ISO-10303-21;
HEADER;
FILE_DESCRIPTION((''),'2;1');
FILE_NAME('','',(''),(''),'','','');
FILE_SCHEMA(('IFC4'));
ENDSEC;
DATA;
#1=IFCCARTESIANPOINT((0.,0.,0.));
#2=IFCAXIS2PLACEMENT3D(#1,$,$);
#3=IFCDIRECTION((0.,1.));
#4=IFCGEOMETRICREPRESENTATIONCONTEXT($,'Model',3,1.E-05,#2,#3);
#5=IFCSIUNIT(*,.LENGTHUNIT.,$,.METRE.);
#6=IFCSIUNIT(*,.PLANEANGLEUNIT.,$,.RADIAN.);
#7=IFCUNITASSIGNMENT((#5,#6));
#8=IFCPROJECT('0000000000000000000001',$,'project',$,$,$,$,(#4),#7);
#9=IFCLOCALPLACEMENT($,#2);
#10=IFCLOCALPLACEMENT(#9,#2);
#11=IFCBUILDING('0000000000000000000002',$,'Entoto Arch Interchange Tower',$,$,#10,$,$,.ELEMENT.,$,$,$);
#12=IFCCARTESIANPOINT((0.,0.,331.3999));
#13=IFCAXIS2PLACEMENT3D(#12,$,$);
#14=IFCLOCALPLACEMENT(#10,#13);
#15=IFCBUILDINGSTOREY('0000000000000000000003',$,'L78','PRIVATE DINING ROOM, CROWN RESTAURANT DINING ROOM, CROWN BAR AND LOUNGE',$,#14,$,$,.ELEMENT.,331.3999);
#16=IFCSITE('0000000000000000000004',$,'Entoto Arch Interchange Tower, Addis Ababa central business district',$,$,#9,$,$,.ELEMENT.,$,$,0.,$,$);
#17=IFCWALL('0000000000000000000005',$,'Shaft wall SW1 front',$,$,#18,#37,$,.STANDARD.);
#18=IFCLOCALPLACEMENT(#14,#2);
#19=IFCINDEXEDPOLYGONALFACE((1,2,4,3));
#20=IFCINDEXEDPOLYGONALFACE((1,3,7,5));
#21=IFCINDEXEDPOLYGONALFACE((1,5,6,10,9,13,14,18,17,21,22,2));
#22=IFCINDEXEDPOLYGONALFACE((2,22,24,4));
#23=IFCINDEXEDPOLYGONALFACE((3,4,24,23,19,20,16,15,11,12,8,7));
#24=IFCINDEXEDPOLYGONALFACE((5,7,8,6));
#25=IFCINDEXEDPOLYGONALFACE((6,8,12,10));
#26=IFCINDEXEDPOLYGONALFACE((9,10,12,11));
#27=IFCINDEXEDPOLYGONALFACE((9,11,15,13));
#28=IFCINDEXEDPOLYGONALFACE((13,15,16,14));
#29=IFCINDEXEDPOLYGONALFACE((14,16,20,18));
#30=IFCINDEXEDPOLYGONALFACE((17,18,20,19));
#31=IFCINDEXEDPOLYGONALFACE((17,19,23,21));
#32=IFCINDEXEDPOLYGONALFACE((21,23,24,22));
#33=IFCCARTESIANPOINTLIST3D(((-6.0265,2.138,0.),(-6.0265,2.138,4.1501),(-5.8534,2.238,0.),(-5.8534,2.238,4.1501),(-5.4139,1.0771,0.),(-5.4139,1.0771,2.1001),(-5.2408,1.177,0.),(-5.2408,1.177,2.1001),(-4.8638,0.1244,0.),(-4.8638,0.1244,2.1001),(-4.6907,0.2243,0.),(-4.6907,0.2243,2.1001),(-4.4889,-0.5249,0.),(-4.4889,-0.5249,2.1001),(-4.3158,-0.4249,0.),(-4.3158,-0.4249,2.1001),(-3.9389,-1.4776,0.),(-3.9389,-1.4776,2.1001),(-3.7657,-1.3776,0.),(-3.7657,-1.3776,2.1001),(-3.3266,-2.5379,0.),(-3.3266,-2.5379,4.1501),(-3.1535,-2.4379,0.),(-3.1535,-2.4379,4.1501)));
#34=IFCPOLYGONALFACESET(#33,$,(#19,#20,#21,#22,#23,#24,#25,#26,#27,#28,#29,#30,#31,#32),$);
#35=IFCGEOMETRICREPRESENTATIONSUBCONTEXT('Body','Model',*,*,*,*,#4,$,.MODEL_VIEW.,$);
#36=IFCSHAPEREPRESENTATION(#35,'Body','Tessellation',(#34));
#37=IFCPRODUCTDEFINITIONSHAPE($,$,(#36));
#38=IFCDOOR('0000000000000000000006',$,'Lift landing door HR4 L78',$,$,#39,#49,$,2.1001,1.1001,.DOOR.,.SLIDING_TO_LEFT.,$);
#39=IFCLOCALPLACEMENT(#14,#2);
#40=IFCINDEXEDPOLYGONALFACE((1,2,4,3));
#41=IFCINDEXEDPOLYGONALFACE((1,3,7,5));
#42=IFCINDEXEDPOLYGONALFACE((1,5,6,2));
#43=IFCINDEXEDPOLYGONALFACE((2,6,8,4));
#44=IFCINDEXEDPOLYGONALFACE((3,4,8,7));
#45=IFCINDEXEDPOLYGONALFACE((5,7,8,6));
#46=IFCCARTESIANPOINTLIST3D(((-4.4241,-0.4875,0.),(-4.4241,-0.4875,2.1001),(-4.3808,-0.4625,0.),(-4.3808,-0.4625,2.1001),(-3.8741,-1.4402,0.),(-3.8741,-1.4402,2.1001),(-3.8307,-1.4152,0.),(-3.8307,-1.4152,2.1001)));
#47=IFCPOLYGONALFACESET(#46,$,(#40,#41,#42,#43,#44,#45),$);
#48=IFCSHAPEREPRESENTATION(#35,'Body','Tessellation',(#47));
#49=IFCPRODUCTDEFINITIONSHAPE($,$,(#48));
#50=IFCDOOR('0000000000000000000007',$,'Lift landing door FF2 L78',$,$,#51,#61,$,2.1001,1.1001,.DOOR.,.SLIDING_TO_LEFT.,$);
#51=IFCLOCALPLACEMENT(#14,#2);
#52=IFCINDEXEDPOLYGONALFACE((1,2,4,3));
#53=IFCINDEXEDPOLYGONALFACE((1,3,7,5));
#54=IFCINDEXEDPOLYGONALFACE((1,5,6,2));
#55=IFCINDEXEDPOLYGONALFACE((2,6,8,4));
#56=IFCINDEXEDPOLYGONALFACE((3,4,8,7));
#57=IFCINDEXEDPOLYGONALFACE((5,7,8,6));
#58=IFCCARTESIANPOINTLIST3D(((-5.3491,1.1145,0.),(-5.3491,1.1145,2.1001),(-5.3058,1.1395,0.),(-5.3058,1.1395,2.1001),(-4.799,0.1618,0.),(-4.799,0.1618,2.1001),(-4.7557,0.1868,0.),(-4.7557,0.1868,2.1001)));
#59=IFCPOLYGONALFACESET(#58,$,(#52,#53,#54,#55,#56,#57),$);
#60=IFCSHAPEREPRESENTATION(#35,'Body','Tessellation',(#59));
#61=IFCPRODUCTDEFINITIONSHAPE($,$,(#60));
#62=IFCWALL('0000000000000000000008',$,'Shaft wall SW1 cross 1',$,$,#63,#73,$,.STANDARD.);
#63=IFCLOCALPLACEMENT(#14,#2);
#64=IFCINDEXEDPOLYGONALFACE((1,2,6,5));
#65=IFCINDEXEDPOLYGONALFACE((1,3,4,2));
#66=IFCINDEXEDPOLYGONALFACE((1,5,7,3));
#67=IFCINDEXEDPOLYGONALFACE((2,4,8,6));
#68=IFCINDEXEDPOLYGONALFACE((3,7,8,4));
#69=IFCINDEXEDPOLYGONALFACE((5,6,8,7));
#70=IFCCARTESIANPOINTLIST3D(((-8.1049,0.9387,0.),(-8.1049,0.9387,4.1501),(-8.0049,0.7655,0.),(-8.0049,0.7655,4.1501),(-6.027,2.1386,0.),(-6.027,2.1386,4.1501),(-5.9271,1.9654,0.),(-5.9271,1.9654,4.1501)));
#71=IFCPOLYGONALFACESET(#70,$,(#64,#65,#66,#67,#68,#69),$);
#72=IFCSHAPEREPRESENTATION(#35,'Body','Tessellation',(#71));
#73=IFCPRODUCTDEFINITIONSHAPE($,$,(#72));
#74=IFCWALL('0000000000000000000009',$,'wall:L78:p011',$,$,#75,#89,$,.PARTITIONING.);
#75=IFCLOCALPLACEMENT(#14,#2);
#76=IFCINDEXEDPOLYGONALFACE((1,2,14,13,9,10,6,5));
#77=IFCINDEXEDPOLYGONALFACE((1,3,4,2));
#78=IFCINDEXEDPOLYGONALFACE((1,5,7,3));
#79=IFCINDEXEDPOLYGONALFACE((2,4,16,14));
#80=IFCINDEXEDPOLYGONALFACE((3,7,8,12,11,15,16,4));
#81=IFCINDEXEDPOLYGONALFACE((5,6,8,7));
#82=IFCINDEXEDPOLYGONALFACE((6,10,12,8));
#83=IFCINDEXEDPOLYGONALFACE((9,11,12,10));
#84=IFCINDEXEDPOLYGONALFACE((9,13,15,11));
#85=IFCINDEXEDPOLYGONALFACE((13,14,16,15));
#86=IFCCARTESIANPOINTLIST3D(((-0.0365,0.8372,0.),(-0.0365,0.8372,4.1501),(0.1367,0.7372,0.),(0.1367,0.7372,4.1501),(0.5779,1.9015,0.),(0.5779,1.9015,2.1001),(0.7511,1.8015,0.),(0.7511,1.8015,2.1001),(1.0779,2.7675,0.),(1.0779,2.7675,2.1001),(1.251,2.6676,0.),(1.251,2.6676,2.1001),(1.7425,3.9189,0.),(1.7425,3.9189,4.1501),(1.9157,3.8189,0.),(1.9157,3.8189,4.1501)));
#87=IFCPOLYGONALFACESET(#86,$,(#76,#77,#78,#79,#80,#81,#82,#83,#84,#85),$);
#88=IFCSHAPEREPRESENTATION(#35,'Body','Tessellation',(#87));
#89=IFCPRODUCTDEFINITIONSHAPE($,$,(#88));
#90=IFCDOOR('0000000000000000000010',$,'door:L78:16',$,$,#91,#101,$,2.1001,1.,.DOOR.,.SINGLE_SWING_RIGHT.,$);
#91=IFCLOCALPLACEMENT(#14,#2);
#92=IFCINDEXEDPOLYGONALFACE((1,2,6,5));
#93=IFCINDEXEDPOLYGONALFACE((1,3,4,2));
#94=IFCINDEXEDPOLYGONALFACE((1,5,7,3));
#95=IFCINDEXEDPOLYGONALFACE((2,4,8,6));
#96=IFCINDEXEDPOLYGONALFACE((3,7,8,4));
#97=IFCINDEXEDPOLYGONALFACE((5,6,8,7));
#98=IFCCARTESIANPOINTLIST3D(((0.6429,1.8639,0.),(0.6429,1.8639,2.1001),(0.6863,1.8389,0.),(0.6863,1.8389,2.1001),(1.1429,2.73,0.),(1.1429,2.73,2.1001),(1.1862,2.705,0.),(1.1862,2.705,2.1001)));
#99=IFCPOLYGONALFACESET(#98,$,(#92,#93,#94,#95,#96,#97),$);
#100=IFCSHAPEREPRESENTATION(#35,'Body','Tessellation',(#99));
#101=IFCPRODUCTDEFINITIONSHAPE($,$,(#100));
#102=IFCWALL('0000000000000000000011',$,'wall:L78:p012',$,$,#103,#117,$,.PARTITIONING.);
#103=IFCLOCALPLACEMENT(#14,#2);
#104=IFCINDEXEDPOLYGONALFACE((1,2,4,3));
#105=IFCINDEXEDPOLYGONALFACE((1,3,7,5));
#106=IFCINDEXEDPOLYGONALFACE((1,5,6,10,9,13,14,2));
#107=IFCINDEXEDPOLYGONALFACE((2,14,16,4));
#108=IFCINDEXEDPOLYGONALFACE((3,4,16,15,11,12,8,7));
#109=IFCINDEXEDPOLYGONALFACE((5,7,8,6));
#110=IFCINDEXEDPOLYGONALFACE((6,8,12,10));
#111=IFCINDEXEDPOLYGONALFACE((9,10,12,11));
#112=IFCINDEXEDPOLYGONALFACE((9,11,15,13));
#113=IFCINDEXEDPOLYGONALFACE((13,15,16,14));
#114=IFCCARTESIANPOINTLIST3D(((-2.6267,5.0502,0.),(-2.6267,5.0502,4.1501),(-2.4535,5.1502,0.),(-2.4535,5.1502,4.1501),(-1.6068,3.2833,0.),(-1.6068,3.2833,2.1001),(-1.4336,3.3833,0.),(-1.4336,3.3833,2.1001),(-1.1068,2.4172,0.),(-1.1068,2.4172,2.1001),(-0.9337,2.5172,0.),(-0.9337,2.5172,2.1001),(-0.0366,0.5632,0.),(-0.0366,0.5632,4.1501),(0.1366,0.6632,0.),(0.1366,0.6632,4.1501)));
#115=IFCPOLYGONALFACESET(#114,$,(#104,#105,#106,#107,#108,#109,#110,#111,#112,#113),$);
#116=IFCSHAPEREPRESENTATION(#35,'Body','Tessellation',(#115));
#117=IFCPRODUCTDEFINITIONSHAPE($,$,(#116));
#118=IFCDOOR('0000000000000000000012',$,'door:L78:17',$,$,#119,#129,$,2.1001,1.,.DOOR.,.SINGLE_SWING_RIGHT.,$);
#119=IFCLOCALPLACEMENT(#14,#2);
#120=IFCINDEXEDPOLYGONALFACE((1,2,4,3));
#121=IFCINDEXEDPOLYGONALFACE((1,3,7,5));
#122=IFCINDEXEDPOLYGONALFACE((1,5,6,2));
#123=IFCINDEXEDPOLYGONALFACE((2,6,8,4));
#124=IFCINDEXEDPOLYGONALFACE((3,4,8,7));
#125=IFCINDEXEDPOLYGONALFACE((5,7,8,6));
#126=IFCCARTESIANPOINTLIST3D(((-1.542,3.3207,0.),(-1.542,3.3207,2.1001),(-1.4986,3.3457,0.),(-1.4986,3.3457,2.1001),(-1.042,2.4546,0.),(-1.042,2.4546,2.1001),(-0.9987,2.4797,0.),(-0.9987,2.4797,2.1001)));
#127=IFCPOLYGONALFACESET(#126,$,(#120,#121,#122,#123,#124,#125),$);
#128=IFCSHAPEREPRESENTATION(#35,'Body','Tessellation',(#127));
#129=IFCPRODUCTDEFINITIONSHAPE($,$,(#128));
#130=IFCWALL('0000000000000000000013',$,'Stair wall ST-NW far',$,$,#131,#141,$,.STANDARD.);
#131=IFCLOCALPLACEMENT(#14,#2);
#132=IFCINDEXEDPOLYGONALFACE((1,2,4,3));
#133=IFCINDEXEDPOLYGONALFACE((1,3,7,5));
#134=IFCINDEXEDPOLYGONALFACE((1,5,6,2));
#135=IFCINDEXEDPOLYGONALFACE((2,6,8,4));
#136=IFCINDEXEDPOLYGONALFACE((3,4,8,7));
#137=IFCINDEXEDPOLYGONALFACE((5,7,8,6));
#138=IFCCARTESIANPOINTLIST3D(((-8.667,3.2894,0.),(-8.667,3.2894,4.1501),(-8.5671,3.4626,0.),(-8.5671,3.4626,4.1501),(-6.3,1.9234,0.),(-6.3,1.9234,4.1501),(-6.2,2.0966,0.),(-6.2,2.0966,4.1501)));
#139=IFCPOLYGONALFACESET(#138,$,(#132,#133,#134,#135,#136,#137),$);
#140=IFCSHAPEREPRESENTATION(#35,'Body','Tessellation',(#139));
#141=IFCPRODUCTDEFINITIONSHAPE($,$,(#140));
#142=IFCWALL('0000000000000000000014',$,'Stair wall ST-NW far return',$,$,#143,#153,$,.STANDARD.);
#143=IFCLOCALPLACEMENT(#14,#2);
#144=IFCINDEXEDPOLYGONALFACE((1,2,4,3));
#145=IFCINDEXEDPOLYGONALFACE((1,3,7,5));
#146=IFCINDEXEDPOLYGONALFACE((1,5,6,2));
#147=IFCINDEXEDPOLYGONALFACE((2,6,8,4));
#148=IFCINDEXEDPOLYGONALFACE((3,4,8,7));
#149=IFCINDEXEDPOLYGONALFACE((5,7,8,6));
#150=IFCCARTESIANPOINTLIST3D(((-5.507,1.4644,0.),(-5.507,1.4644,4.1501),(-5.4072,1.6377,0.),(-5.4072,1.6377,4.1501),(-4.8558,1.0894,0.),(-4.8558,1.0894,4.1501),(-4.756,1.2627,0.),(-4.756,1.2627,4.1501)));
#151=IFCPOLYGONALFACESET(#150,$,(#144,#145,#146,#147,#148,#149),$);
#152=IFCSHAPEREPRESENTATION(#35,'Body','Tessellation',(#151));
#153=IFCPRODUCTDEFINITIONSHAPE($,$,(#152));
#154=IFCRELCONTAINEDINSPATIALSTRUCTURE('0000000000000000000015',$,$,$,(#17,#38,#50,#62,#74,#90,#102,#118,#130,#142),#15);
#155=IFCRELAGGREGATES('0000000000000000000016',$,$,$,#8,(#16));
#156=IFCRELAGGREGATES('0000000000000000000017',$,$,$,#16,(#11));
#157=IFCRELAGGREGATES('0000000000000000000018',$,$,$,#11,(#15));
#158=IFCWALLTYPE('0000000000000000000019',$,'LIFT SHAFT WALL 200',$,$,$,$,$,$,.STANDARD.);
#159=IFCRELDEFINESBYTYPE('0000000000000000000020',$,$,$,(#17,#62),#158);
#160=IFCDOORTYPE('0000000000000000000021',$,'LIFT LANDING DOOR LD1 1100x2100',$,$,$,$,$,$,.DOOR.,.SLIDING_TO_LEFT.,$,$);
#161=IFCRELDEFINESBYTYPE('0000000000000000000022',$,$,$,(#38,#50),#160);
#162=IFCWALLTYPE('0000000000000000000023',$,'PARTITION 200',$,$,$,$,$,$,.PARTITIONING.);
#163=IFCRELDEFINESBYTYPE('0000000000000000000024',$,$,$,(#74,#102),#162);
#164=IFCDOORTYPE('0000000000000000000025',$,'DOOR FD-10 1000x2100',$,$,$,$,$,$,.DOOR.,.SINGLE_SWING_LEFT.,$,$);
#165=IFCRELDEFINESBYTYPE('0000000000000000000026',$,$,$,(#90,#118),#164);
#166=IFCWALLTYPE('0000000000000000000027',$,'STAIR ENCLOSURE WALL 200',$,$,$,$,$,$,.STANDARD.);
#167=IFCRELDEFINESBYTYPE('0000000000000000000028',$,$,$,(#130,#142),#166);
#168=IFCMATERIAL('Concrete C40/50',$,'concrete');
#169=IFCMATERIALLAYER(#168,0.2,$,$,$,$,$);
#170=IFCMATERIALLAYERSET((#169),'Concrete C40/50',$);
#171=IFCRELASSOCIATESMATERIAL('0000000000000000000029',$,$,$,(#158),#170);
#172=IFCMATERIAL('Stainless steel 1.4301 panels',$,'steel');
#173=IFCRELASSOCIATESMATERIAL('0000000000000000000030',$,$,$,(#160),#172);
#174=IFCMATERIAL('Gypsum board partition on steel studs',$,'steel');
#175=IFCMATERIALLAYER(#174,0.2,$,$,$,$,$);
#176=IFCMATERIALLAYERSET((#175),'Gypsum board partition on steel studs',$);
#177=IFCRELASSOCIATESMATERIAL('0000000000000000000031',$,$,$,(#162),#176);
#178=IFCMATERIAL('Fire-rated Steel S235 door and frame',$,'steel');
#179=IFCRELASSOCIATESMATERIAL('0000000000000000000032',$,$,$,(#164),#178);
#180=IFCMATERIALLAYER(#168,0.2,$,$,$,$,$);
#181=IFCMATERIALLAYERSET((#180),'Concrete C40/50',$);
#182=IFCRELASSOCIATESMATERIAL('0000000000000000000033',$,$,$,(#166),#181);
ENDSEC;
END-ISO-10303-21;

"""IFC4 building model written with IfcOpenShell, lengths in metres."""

from ifc_helpers import new_model, si_unit, direction, frame, frame_2d, origin, place, context, subcontext, project, spatial, rectangle, extrude, material, layer, layer_set, type_object, element, fill, save


model = new_model("IFC4")

# Units and contexts
model_context = context("Model", 3, precision=1e-05, world=origin(), true_north=direction((0.0, 1.0)))
body_context = subcontext(model_context, "Body", "Model", "MODEL_VIEW")
ifc_project = project(units=[si_unit("LENGTHUNIT", "METRE"), si_unit("PLANEANGLEUNIT", "RADIAN")], contexts=[model_context])

# Site, building, storey
site_placement = place(None, origin())
site = spatial("IfcSite", under=ifc_project, at=site_placement, Name="Entoto Arch Interchange Tower, Addis Ababa central business district", CompositionType="ELEMENT", RefElevation=0.0)
building_placement = place(site_placement, origin())
building = spatial("IfcBuilding", under=site, at=building_placement, Name="Entoto Arch Interchange Tower", CompositionType="ELEMENT")
storey_placement = place(building_placement, frame((0.0, 0.0, 331.3999)))
storey = spatial("IfcBuildingStorey", under=building, at=storey_placement, Name="L78", Description="PRIVATE DINING ROOM, CROWN RESTAURANT DINING ROOM, CROWN BAR AND LOUNGE", CompositionType="ELEMENT", Elevation=331.3999)

# Wall, openings, doors
ifc_material_1 = material(Name="Concrete C40/50", Category="concrete")
ifc_layer_1 = layer(ifc_material_1, 0.2)
ifc_layer_set_1 = layer_set([ifc_layer_1], Name="Concrete C40/50")
wall_type_1 = type_object("IfcWallType", Name="LIFT SHAFT WALL 200", PredefinedType="STANDARD", material=ifc_layer_set_1)
wall_1_placement = place(storey_placement, frame((-5.9399, 2.188, 0.0), z_axis=(0.0, 0.0, 1.0), x_axis=(0.500034, -0.866006, 0.0)))
wall_1 = element("IfcWall", 1, at=wall_1_placement, inside=storey, type_object=wall_type_1, Name="Shaft wall SW1 front", PredefinedType="STANDARD", context=body_context, shape_type="SweptSolid", body=[
    extrude(rectangle(XDim=5.3994, YDim=0.2, at=frame_2d((2.6997, 0.0))), origin(), (0.0, 0.0, 1.0), 4.1501),
])
opening_1_placement = place(wall_1_placement, frame((3.075, 0.0, 0.0)))
opening_1 = element("IfcOpeningElement", 2, at=opening_1_placement, cuts=wall_1, PredefinedType="OPENING", context=body_context, shape_type="SweptSolid", body=[
    extrude(rectangle(XDim=1.1001, YDim=2.1001, at=frame_2d((0.55, 1.05))), frame((0.0, 0.1099, 0.0), z_axis=(0.0, -1.0, 0.0), x_axis=(1.0, 0.0, 0.0)), (0.0, 0.0, 1.0), 0.22),
])
opening_2_placement = place(wall_1_placement, frame((1.2251, 0.0, 0.0)))
opening_2 = element("IfcOpeningElement", 3, at=opening_2_placement, cuts=wall_1, PredefinedType="OPENING", context=body_context, shape_type="SweptSolid", body=[
    extrude(rectangle(XDim=1.1001, YDim=2.1001, at=frame_2d((0.55, 1.05))), frame((0.0, 0.1099, 0.0), z_axis=(0.0, -1.0, 0.0), x_axis=(1.0, 0.0, 0.0)), (0.0, 0.0, 1.0), 0.22),
])
ifc_material_2 = material(Name="Stainless steel 1.4301 panels", Category="steel")
door_type_1 = type_object("IfcDoorType", Name="LIFT LANDING DOOR LD1 1100x2100", OperationType="SLIDING_TO_LEFT", PredefinedType="DOOR", material=ifc_material_2)
door_1_placement = place(opening_1_placement, origin())
door_1 = element("IfcDoor", 4, at=door_1_placement, inside=storey, type_object=door_type_1, Name="Lift landing door HR4 L78", OperationType="SLIDING_TO_LEFT", OverallHeight=2.1001, OverallWidth=1.1001, PredefinedType="DOOR", context=body_context, shape_type="SweptSolid", body=[
    extrude(rectangle(XDim=1.1001, YDim=2.1001, at=frame_2d((0.55, 1.05))), frame((0.0, 0.0249, 0.0), z_axis=(0.0, -1.0, 0.0), x_axis=(1.0, 0.0, 0.0)), (0.0, 0.0, 1.0), 0.05),
])
fill(opening_1, door_1)
door_2_placement = place(opening_2_placement, origin())
door_2 = element("IfcDoor", 5, at=door_2_placement, inside=storey, type_object=door_type_1, Name="Lift landing door FF2 L78", OperationType="SLIDING_TO_LEFT", OverallHeight=2.1001, OverallWidth=1.1001, PredefinedType="DOOR", context=body_context, shape_type="SweptSolid", body=[
    extrude(rectangle(XDim=1.1001, YDim=2.1001, at=frame_2d((0.55, 1.05))), frame((0.0, 0.0249, 0.0), z_axis=(0.0, -1.0, 0.0), x_axis=(1.0, 0.0, 0.0)), (0.0, 0.0, 1.0), 0.05),
])
fill(opening_2, door_2)

# Wall
wall_2_placement = place(storey_placement, frame((-5.9771, 2.052, 0.0), z_axis=(0.0, 0.0, 1.0), x_axis=(-0.865974, -0.500089, 0.0)))
element("IfcWall", 6, at=wall_2_placement, inside=storey, type_object=wall_type_1, Name="Shaft wall SW1 cross 1", PredefinedType="STANDARD", context=body_context, shape_type="SweptSolid", body=[
    extrude(rectangle(XDim=2.3994, YDim=0.2, at=frame_2d((1.1997, 0.0))), origin(), (0.0, 0.0, 1.0), 4.1501),
])

# Walls, openings, doors
ifc_material_3 = material(Name="Gypsum board partition on steel studs", Category="steel")
ifc_layer_2 = layer(ifc_material_3, 0.2)
ifc_layer_set_2 = layer_set([ifc_layer_2], Name="Gypsum board partition on steel studs")
wall_type_2 = type_object("IfcWallType", Name="PARTITION 200", PredefinedType="PARTITIONING", material=ifc_layer_set_2)
wall_3_placement = place(storey_placement, frame((0.05, 0.7871, 0.0), z_axis=(0.0, 0.0, 1.0), x_axis=(0.499954, 0.866052, 0.0)))
wall_3 = element("IfcWall", 7, at=wall_3_placement, inside=storey, type_object=wall_type_2, Name="wall:L78:p011", PredefinedType="PARTITIONING", context=body_context, shape_type="SweptSolid", body=[
    extrude(rectangle(XDim=3.5583, YDim=0.2, at=frame_2d((1.7793, 0.0))), origin(), (0.0, 0.0, 1.0), 4.1501),
])
opening_3_placement = place(wall_3_placement, frame((1.229, 0.0, 0.0)))
opening_3 = element("IfcOpeningElement", 8, at=opening_3_placement, cuts=wall_3, PredefinedType="OPENING", context=body_context, shape_type="SweptSolid", body=[
    extrude(rectangle(XDim=1.0, YDim=2.1001, at=frame_2d((0.5, 1.05))), frame((0.0, 0.1099, 0.0), z_axis=(0.0, -1.0, 0.0), x_axis=(1.0, 0.0, 0.0)), (0.0, 0.0, 1.0), 0.22),
])
ifc_material_4 = material(Name="Fire-rated Steel S235 door and frame", Category="steel")
door_type_2 = type_object("IfcDoorType", Name="DOOR FD-10 1000x2100", OperationType="SINGLE_SWING_LEFT", PredefinedType="DOOR", material=ifc_material_4)
door_3_placement = place(opening_3_placement, origin())
door_3 = element("IfcDoor", 9, at=door_3_placement, inside=storey, type_object=door_type_2, Name="door:L78:16", OperationType="SINGLE_SWING_RIGHT", OverallHeight=2.1001, OverallWidth=1.0, PredefinedType="DOOR", context=body_context, shape_type="SweptSolid", body=[
    extrude(rectangle(XDim=1.0, YDim=2.1001, at=frame_2d((0.5, 1.05))), frame((0.0, 0.0249, 0.0), z_axis=(0.0, -1.0, 0.0), x_axis=(1.0, 0.0, 0.0)), (0.0, 0.0, 1.0), 0.05),
])
fill(opening_3, door_3)
wall_4_placement = place(storey_placement, frame((-2.54, 5.1001, 0.0), z_axis=(0.0, 0.0, 1.0), x_axis=(0.499925, -0.866069, 0.0)))
wall_4 = element("IfcWall", 10, at=wall_4_placement, inside=storey, type_object=wall_type_2, Name="wall:L78:p012", PredefinedType="PARTITIONING", context=body_context, shape_type="SweptSolid", body=[
    extrude(rectangle(XDim=5.1809, YDim=0.2, at=frame_2d((2.5903, 0.0))), origin(), (0.0, 0.0, 1.0), 4.1501),
])
opening_4_placement = place(wall_4_placement, frame((2.04, 0.0, 0.0)))
opening_4 = element("IfcOpeningElement", 11, at=opening_4_placement, cuts=wall_4, PredefinedType="OPENING", context=body_context, shape_type="SweptSolid", body=[
    extrude(rectangle(XDim=1.0, YDim=2.1001, at=frame_2d((0.5, 1.05))), frame((0.0, 0.1099, 0.0), z_axis=(0.0, -1.0, 0.0), x_axis=(1.0, 0.0, 0.0)), (0.0, 0.0, 1.0), 0.22),
])
door_4_placement = place(opening_4_placement, origin())
door_4 = element("IfcDoor", 12, at=door_4_placement, inside=storey, type_object=door_type_2, Name="door:L78:17", OperationType="SINGLE_SWING_RIGHT", OverallHeight=2.1001, OverallWidth=1.0, PredefinedType="DOOR", context=body_context, shape_type="SweptSolid", body=[
    extrude(rectangle(XDim=1.0, YDim=2.1001, at=frame_2d((0.5, 1.05))), frame((0.0, 0.0249, 0.0), z_axis=(0.0, -1.0, 0.0), x_axis=(1.0, 0.0, 0.0)), (0.0, 0.0, 1.0), 0.05),
])
fill(opening_4, door_4)

# Walls
ifc_layer_3 = layer(ifc_material_1, 0.2)
ifc_layer_set_3 = layer_set([ifc_layer_3], Name="Concrete C40/50")
wall_type_3 = type_object("IfcWallType", Name="STAIR ENCLOSURE WALL 200", PredefinedType="STANDARD", material=ifc_layer_set_3)
wall_5_placement = place(storey_placement, frame((-6.25, 2.01, 0.0), z_axis=(0.0, 0.0, 1.0), x_axis=(-0.866119, 0.499838, 0.0)))
element("IfcWall", 13, at=wall_5_placement, inside=storey, type_object=wall_type_3, Name="Stair wall ST-NW far", PredefinedType="STANDARD", context=body_context, shape_type="SweptSolid", body=[
    extrude(rectangle(XDim=2.7329, YDim=0.2, at=frame_2d((1.3665, 0.0))), origin(), (0.0, 0.0, 1.0), 4.1501),
])
wall_6_placement = place(storey_placement, frame((-4.8059, 1.176, 0.0), z_axis=(0.0, 0.0, 1.0), x_axis=(-0.866559, 0.499075, 0.0)))
element("IfcWall", 14, at=wall_6_placement, inside=storey, type_object=wall_type_3, Name="Stair wall ST-NW far return", PredefinedType="STANDARD", context=body_context, shape_type="SweptSolid", body=[
    extrude(rectangle(XDim=0.7515, YDim=0.2, at=frame_2d((0.3757, 0.0))), origin(), (0.0, 0.0, 1.0), 4.1501),
])

save(model, "model.ifc")
